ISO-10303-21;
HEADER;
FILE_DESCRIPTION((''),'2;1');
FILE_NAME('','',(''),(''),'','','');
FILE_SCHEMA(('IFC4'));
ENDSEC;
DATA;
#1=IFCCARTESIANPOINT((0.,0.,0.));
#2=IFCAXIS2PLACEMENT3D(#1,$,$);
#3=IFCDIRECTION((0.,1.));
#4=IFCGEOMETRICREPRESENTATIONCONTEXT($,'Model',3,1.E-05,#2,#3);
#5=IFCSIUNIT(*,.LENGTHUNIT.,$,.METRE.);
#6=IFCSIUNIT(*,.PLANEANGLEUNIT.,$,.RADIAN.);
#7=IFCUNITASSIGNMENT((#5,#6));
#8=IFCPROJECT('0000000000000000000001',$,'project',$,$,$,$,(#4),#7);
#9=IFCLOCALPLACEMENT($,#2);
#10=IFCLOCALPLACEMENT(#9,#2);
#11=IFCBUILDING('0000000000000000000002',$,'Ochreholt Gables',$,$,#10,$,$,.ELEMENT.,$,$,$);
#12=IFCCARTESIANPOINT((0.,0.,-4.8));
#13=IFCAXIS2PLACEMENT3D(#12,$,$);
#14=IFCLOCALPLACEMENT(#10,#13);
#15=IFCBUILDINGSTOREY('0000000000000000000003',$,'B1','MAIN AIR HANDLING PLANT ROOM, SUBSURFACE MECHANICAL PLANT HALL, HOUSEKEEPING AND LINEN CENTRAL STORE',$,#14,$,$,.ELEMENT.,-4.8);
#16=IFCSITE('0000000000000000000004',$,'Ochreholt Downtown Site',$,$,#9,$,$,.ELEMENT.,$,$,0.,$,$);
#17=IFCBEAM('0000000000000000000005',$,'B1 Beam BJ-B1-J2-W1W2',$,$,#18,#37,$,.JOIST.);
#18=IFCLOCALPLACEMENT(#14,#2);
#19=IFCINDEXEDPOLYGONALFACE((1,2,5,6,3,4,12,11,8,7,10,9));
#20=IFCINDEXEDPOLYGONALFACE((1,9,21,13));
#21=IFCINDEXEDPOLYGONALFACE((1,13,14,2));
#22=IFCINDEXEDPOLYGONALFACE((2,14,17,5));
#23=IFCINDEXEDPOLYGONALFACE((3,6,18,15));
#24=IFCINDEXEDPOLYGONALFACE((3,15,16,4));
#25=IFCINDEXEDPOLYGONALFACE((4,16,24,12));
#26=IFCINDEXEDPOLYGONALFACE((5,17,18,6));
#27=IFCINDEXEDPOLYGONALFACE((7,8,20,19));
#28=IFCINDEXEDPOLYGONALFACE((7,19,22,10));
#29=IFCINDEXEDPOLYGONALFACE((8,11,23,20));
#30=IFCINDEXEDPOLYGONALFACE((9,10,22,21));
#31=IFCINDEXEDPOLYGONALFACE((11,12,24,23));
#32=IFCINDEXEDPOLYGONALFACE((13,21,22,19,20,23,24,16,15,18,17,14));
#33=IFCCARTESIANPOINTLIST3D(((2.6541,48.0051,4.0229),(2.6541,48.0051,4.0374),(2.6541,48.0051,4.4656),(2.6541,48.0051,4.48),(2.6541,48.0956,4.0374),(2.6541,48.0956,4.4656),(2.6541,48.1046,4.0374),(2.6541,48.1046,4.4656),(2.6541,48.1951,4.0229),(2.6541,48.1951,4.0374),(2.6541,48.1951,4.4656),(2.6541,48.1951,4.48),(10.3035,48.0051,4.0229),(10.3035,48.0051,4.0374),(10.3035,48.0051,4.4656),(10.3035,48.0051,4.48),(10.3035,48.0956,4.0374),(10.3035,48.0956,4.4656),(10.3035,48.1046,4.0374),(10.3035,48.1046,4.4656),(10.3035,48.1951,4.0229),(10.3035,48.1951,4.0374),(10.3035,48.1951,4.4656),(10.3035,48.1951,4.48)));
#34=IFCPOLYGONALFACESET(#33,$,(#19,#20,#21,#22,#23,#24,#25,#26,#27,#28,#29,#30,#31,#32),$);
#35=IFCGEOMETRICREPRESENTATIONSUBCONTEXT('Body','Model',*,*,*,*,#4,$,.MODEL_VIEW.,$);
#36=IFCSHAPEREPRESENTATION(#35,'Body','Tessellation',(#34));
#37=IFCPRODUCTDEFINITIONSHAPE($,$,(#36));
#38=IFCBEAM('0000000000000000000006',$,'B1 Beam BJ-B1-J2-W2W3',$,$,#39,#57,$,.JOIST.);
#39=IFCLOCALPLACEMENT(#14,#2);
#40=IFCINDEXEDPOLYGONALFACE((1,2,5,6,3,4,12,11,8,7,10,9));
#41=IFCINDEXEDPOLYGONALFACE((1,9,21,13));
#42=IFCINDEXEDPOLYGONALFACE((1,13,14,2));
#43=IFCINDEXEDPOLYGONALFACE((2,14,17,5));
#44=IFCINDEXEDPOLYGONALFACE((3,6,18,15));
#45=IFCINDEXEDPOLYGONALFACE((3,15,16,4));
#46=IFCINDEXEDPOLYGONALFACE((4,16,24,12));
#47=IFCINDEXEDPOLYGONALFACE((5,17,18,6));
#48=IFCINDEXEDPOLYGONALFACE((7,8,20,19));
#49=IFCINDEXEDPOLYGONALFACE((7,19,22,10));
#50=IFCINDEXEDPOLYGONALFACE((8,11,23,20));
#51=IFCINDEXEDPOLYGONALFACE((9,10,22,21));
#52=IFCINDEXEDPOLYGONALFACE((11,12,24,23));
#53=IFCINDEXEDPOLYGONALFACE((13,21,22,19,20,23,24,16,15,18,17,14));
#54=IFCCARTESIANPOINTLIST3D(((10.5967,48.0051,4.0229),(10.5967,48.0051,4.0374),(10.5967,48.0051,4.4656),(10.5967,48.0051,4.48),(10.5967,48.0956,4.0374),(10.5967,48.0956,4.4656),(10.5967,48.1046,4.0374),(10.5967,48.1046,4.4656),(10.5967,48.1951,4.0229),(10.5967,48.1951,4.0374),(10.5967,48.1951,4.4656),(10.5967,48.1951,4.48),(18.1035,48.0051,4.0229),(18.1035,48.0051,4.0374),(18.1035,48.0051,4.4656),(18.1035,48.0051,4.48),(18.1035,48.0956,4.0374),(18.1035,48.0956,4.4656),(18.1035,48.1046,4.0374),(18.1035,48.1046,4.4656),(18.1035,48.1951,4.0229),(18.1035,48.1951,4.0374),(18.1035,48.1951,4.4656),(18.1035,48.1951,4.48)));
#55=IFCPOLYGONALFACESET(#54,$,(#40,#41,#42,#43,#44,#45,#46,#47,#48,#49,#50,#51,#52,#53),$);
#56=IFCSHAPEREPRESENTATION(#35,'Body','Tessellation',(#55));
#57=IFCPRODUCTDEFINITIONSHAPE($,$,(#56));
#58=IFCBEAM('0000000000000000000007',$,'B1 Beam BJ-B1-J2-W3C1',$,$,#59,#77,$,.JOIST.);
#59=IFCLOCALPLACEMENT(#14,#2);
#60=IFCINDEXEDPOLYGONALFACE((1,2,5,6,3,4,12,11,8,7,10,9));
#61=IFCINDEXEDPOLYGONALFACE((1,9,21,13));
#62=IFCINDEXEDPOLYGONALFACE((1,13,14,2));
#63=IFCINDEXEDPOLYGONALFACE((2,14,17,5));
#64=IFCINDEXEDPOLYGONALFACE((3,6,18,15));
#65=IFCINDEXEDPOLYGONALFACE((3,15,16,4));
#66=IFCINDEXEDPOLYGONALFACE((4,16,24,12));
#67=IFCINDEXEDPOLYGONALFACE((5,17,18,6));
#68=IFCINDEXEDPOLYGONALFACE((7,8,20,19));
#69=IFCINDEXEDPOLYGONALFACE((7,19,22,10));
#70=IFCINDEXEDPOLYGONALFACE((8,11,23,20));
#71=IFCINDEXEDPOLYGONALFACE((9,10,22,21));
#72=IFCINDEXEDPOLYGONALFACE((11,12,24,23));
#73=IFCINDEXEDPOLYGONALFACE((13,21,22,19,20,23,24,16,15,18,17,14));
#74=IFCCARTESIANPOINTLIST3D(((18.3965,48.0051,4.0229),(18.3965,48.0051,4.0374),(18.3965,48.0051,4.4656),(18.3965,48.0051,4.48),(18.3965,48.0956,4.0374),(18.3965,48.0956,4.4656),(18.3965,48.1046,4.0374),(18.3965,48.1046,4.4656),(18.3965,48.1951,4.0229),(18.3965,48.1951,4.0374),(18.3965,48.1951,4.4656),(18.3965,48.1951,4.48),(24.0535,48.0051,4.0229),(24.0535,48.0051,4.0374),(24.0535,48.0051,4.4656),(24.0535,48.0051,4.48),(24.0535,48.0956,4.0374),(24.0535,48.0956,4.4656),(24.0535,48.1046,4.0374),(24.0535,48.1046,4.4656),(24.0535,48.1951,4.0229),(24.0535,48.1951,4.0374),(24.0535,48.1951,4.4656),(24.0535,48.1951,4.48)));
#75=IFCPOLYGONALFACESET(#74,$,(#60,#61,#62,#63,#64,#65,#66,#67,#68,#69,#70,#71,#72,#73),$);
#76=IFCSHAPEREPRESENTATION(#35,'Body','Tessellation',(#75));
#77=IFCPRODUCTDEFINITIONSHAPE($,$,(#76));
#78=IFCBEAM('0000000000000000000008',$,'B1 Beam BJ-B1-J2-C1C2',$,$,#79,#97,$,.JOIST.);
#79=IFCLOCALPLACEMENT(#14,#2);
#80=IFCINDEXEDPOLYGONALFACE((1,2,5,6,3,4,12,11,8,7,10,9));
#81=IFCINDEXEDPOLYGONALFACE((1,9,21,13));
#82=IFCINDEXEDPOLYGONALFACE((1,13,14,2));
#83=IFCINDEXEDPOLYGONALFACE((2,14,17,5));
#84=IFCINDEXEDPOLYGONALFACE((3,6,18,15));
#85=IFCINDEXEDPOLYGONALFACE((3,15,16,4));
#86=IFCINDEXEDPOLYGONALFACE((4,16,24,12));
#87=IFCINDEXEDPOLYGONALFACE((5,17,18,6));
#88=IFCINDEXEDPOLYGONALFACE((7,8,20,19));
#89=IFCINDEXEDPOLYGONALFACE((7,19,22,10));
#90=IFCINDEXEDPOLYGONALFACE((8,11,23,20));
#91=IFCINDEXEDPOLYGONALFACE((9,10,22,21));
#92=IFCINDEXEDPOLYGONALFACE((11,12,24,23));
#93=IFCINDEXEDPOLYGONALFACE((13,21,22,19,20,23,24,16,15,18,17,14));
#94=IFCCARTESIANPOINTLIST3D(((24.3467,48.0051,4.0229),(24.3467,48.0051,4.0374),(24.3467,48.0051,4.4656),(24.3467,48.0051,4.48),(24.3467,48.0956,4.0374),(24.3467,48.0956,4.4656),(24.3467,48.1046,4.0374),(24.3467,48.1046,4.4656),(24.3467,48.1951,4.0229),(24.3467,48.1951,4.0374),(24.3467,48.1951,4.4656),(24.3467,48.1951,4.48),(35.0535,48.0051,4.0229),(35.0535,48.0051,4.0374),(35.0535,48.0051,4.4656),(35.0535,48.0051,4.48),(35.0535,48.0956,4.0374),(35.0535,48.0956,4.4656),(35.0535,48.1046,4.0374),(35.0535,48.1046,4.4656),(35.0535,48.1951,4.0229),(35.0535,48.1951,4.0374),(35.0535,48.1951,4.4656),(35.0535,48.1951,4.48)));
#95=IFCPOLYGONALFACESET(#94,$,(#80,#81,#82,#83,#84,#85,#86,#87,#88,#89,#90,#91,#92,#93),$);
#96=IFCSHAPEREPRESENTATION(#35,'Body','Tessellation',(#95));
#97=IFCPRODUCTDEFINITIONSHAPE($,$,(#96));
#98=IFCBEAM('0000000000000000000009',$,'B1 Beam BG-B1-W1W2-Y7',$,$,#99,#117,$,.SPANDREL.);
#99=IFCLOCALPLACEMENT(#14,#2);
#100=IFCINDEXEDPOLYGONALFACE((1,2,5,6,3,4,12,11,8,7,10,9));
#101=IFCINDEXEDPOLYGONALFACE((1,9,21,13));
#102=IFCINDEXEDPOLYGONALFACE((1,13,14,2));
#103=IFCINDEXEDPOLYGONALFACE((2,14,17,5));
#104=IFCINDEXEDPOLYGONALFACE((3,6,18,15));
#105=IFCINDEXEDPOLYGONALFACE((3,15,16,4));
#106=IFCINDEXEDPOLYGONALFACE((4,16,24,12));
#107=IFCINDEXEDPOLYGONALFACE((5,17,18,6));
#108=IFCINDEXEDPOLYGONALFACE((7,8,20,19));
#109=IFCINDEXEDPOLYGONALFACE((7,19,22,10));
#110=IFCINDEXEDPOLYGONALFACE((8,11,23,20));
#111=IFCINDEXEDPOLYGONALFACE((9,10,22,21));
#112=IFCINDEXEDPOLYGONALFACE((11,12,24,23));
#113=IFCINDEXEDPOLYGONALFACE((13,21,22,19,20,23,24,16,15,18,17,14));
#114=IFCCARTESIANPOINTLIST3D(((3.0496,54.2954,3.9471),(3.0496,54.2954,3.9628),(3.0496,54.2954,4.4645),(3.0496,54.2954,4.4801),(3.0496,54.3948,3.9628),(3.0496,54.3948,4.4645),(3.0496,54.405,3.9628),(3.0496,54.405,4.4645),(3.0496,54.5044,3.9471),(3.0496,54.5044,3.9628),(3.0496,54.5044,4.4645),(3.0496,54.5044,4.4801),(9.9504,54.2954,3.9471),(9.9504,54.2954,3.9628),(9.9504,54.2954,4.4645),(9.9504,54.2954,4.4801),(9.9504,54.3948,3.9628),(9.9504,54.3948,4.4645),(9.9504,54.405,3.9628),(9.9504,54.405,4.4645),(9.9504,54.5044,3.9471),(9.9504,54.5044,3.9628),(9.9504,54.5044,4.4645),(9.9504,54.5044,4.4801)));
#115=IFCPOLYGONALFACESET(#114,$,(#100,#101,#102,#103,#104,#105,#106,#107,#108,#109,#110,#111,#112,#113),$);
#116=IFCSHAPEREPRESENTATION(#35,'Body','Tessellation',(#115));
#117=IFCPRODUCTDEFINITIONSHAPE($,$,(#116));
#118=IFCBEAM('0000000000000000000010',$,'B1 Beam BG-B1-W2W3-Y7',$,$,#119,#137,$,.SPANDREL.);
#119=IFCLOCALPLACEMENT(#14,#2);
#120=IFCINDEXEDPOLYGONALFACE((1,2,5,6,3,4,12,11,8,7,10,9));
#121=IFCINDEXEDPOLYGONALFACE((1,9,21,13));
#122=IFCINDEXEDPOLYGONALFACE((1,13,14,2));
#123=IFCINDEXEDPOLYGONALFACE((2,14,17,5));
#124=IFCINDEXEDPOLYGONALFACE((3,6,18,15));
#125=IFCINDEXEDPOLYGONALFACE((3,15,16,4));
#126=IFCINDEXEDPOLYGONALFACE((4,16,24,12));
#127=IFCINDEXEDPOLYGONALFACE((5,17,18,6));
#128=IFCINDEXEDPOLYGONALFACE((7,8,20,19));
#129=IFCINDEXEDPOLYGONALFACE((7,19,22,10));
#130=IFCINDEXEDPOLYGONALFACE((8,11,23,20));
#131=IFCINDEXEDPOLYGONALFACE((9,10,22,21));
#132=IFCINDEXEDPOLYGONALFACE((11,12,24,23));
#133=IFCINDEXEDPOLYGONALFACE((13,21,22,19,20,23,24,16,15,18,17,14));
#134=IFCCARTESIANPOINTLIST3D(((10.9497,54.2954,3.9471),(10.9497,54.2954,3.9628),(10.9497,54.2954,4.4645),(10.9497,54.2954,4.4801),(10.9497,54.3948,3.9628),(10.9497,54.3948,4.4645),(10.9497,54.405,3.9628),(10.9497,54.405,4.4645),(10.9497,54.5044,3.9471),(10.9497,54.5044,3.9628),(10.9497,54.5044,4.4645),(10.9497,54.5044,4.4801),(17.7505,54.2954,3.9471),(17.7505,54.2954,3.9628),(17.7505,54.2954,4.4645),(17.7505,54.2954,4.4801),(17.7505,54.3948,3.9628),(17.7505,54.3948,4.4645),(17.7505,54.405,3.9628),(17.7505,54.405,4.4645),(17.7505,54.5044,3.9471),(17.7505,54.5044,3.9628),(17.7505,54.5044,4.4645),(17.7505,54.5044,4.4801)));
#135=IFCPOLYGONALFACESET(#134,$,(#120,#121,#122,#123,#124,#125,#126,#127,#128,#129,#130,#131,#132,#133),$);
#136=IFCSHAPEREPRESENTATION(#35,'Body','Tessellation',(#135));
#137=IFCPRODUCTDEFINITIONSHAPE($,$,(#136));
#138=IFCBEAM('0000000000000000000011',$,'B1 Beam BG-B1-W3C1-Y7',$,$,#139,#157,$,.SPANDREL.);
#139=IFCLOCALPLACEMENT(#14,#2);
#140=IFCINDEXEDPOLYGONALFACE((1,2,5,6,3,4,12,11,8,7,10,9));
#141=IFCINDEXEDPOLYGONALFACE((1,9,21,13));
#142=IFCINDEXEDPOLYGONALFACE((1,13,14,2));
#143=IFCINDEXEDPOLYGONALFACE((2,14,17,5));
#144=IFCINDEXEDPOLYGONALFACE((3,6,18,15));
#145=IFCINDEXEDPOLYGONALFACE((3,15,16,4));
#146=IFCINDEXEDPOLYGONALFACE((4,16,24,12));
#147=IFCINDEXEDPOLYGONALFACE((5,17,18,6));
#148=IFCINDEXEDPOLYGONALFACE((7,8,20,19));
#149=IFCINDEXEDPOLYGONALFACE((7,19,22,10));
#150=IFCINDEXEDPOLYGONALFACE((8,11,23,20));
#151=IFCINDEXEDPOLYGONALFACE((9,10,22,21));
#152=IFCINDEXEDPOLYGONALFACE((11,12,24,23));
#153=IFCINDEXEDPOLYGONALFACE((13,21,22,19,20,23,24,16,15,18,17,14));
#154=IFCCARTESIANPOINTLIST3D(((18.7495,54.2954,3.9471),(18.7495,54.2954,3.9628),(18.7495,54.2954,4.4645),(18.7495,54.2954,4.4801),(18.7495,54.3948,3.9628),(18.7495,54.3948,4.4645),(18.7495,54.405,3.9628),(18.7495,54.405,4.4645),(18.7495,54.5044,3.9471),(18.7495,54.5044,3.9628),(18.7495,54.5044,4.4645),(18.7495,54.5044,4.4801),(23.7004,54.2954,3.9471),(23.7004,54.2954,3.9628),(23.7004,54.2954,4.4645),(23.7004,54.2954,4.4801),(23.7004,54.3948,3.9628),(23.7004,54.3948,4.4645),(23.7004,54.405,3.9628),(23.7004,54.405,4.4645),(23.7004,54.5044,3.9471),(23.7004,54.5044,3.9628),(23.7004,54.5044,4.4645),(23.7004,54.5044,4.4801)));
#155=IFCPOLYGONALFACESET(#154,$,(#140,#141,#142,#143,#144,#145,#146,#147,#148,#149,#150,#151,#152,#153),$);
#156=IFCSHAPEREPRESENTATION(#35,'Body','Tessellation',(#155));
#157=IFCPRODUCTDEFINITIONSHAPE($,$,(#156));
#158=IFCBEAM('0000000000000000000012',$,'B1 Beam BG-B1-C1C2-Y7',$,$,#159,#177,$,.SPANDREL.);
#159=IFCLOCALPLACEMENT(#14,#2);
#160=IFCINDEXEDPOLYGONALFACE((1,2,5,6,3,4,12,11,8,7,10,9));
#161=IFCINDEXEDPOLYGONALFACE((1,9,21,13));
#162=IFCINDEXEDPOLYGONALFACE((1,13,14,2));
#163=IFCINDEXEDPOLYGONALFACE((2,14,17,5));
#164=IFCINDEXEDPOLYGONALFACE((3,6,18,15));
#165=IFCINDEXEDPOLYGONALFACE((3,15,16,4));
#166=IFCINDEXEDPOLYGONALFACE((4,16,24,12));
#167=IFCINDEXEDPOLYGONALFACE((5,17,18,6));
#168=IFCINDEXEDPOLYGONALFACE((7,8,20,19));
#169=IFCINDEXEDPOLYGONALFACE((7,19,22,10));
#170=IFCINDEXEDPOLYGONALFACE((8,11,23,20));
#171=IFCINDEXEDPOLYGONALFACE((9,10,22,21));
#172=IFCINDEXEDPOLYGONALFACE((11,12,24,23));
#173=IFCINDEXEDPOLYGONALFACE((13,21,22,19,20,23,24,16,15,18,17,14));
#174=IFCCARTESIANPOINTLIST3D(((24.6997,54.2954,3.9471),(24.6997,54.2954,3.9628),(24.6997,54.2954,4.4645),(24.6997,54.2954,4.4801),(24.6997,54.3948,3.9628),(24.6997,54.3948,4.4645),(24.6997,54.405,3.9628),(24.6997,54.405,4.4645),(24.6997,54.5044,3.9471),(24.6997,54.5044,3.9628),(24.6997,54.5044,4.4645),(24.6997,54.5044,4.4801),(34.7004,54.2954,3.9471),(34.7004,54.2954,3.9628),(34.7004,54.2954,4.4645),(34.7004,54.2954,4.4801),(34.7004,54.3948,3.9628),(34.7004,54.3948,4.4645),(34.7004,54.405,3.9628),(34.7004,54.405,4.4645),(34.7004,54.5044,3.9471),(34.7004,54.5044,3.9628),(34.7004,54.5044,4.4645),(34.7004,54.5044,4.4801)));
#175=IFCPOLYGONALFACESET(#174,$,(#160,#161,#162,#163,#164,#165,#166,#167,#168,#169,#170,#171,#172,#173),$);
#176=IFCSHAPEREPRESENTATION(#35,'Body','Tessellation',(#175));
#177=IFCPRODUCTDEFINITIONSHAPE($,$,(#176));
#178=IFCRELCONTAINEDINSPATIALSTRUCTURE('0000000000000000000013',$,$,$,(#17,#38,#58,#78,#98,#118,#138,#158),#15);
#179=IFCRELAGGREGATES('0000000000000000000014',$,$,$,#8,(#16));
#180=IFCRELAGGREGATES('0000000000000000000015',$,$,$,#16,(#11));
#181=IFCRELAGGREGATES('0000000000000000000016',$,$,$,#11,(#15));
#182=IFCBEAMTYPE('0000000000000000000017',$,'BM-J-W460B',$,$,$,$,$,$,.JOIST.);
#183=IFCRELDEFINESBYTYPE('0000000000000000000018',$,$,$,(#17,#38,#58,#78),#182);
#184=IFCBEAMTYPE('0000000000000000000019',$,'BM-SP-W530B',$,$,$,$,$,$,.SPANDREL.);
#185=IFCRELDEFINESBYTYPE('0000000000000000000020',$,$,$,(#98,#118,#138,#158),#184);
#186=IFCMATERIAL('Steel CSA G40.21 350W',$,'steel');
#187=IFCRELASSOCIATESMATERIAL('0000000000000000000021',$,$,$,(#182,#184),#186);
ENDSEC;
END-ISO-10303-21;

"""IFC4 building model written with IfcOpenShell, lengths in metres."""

from ifc_helpers import new_model, si_unit, direction, frame, origin, origin_2d, place, context, subcontext, project, spatial, i_section, extrude, material, material_profile, profile_set, type_object, element, save


model = new_model("IFC4")

# Units and contexts
model_context = context("Model", 3, precision=1e-05, world=origin(), true_north=direction((0.0, 1.0)))
body_context = subcontext(model_context, "Body", "Model", "MODEL_VIEW")
ifc_project = project(units=[si_unit("LENGTHUNIT", "METRE"), si_unit("PLANEANGLEUNIT", "RADIAN")], contexts=[model_context])

# Site, building, storey
site_placement = place(None, origin())
site = spatial("IfcSite", under=ifc_project, at=site_placement, Name="Ochreholt Downtown Site", CompositionType="ELEMENT", RefElevation=0.0)
building_placement = place(site_placement, origin())
building = spatial("IfcBuilding", under=site, at=building_placement, Name="Ochreholt Gables", CompositionType="ELEMENT")
storey_placement = place(building_placement, frame((0.0, 0.0, -4.8)))
storey = spatial("IfcBuildingStorey", under=building, at=storey_placement, Name="B1", Description="MAIN AIR HANDLING PLANT ROOM, SUBSURFACE MECHANICAL PLANT HALL, HOUSEKEEPING AND LINEN CENTRAL STORE", CompositionType="ELEMENT", Elevation=-4.8)

# Shared definitions
ifc_material_1 = material(Name="Steel CSA G40.21 350W", Category="steel")

# Beams
ifc_material_profile_1 = material_profile(ifc_material_1, i_section(OverallWidth=0.1899, OverallDepth=0.457, WebThickness=0.009, FlangeThickness=0.0144, at=origin_2d()), Name="W460X74")
ifc_profile_set_1 = profile_set([ifc_material_profile_1], Name="Steel CSA G40.21 350W")
beam_type_1 = type_object("IfcBeamType", Name="BM-J-W460B", PredefinedType="JOIST", material=ifc_profile_set_1)
beam_1_placement = place(storey_placement, frame((2.6541, 48.1001, 4.2515), z_axis=(1.0, 0.0, 0.0), x_axis=(0.0, 1.0, 0.0)))
element("IfcBeam", 1, at=beam_1_placement, inside=storey, type_object=beam_type_1, Name="B1 Beam BJ-B1-J2-W1W2", PredefinedType="JOIST", context=body_context, shape_type="SweptSolid", body=[
    extrude(i_section(OverallWidth=0.1899, OverallDepth=0.457, WebThickness=0.009, FlangeThickness=0.0144, at=origin_2d()), origin(), (0.0, 0.0, 1.0), 7.6494),
])
beam_2_placement = place(storey_placement, frame((10.5967, 48.1001, 4.2515), z_axis=(1.0, 0.0, 0.0), x_axis=(0.0, 1.0, 0.0)))
element("IfcBeam", 2, at=beam_2_placement, inside=storey, type_object=beam_type_1, Name="B1 Beam BJ-B1-J2-W2W3", PredefinedType="JOIST", context=body_context, shape_type="SweptSolid", body=[
    extrude(i_section(OverallWidth=0.1899, OverallDepth=0.457, WebThickness=0.009, FlangeThickness=0.0144, at=origin_2d()), origin(), (0.0, 0.0, 1.0), 7.5068),
])
beam_3_placement = place(storey_placement, frame((18.3965, 48.1001, 4.2515), z_axis=(1.0, 0.0, 0.0), x_axis=(0.0, 1.0, 0.0)))
element("IfcBeam", 3, at=beam_3_placement, inside=storey, type_object=beam_type_1, Name="B1 Beam BJ-B1-J2-W3C1", PredefinedType="JOIST", context=body_context, shape_type="SweptSolid", body=[
    extrude(i_section(OverallWidth=0.1899, OverallDepth=0.457, WebThickness=0.009, FlangeThickness=0.0144, at=origin_2d()), origin(), (0.0, 0.0, 1.0), 5.657),
])
beam_4_placement = place(storey_placement, frame((24.3467, 48.1001, 4.2515), z_axis=(1.0, 0.0, 0.0), x_axis=(0.0, 1.0, 0.0)))
element("IfcBeam", 4, at=beam_4_placement, inside=storey, type_object=beam_type_1, Name="B1 Beam BJ-B1-J2-C1C2", PredefinedType="JOIST", context=body_context, shape_type="SweptSolid", body=[
    extrude(i_section(OverallWidth=0.1899, OverallDepth=0.457, WebThickness=0.009, FlangeThickness=0.0144, at=origin_2d()), origin(), (0.0, 0.0, 1.0), 10.7068),
])
ifc_material_profile_2 = material_profile(ifc_material_1, i_section(OverallWidth=0.209, OverallDepth=0.533, WebThickness=0.0103, FlangeThickness=0.0156, at=origin_2d()), Name="W530X92")
ifc_profile_set_2 = profile_set([ifc_material_profile_2], Name="Steel CSA G40.21 350W")
beam_type_2 = type_object("IfcBeamType", Name="BM-SP-W530B", PredefinedType="SPANDREL", material=ifc_profile_set_2)
beam_5_placement = place(storey_placement, frame((3.0496, 54.3999, 4.2136), z_axis=(1.0, 0.0, 0.0), x_axis=(0.0, 1.0, 0.0)))
element("IfcBeam", 5, at=beam_5_placement, inside=storey, type_object=beam_type_2, Name="B1 Beam BG-B1-W1W2-Y7", PredefinedType="SPANDREL", context=body_context, shape_type="SweptSolid", body=[
    extrude(i_section(OverallWidth=0.209, OverallDepth=0.533, WebThickness=0.0103, FlangeThickness=0.0156, at=origin_2d()), origin(), (0.0, 0.0, 1.0), 6.9009),
])
beam_6_placement = place(storey_placement, frame((10.9497, 54.3999, 4.2136), z_axis=(1.0, 0.0, 0.0), x_axis=(0.0, 1.0, 0.0)))
element("IfcBeam", 6, at=beam_6_placement, inside=storey, type_object=beam_type_2, Name="B1 Beam BG-B1-W2W3-Y7", PredefinedType="SPANDREL", context=body_context, shape_type="SweptSolid", body=[
    extrude(i_section(OverallWidth=0.209, OverallDepth=0.533, WebThickness=0.0103, FlangeThickness=0.0156, at=origin_2d()), origin(), (0.0, 0.0, 1.0), 6.8008),
])
beam_7_placement = place(storey_placement, frame((18.7495, 54.3999, 4.2136), z_axis=(1.0, 0.0, 0.0), x_axis=(0.0, 1.0, 0.0)))
element("IfcBeam", 7, at=beam_7_placement, inside=storey, type_object=beam_type_2, Name="B1 Beam BG-B1-W3C1-Y7", PredefinedType="SPANDREL", context=body_context, shape_type="SweptSolid", body=[
    extrude(i_section(OverallWidth=0.209, OverallDepth=0.533, WebThickness=0.0103, FlangeThickness=0.0156, at=origin_2d()), origin(), (0.0, 0.0, 1.0), 4.9509),
])
beam_8_placement = place(storey_placement, frame((24.6997, 54.3999, 4.2136), z_axis=(1.0, 0.0, 0.0), x_axis=(0.0, 1.0, 0.0)))
element("IfcBeam", 8, at=beam_8_placement, inside=storey, type_object=beam_type_2, Name="B1 Beam BG-B1-C1C2-Y7", PredefinedType="SPANDREL", context=body_context, shape_type="SweptSolid", body=[
    extrude(i_section(OverallWidth=0.209, OverallDepth=0.533, WebThickness=0.0103, FlangeThickness=0.0156, at=origin_2d()), origin(), (0.0, 0.0, 1.0), 10.0007),
])

save(model, "model.ifc")
